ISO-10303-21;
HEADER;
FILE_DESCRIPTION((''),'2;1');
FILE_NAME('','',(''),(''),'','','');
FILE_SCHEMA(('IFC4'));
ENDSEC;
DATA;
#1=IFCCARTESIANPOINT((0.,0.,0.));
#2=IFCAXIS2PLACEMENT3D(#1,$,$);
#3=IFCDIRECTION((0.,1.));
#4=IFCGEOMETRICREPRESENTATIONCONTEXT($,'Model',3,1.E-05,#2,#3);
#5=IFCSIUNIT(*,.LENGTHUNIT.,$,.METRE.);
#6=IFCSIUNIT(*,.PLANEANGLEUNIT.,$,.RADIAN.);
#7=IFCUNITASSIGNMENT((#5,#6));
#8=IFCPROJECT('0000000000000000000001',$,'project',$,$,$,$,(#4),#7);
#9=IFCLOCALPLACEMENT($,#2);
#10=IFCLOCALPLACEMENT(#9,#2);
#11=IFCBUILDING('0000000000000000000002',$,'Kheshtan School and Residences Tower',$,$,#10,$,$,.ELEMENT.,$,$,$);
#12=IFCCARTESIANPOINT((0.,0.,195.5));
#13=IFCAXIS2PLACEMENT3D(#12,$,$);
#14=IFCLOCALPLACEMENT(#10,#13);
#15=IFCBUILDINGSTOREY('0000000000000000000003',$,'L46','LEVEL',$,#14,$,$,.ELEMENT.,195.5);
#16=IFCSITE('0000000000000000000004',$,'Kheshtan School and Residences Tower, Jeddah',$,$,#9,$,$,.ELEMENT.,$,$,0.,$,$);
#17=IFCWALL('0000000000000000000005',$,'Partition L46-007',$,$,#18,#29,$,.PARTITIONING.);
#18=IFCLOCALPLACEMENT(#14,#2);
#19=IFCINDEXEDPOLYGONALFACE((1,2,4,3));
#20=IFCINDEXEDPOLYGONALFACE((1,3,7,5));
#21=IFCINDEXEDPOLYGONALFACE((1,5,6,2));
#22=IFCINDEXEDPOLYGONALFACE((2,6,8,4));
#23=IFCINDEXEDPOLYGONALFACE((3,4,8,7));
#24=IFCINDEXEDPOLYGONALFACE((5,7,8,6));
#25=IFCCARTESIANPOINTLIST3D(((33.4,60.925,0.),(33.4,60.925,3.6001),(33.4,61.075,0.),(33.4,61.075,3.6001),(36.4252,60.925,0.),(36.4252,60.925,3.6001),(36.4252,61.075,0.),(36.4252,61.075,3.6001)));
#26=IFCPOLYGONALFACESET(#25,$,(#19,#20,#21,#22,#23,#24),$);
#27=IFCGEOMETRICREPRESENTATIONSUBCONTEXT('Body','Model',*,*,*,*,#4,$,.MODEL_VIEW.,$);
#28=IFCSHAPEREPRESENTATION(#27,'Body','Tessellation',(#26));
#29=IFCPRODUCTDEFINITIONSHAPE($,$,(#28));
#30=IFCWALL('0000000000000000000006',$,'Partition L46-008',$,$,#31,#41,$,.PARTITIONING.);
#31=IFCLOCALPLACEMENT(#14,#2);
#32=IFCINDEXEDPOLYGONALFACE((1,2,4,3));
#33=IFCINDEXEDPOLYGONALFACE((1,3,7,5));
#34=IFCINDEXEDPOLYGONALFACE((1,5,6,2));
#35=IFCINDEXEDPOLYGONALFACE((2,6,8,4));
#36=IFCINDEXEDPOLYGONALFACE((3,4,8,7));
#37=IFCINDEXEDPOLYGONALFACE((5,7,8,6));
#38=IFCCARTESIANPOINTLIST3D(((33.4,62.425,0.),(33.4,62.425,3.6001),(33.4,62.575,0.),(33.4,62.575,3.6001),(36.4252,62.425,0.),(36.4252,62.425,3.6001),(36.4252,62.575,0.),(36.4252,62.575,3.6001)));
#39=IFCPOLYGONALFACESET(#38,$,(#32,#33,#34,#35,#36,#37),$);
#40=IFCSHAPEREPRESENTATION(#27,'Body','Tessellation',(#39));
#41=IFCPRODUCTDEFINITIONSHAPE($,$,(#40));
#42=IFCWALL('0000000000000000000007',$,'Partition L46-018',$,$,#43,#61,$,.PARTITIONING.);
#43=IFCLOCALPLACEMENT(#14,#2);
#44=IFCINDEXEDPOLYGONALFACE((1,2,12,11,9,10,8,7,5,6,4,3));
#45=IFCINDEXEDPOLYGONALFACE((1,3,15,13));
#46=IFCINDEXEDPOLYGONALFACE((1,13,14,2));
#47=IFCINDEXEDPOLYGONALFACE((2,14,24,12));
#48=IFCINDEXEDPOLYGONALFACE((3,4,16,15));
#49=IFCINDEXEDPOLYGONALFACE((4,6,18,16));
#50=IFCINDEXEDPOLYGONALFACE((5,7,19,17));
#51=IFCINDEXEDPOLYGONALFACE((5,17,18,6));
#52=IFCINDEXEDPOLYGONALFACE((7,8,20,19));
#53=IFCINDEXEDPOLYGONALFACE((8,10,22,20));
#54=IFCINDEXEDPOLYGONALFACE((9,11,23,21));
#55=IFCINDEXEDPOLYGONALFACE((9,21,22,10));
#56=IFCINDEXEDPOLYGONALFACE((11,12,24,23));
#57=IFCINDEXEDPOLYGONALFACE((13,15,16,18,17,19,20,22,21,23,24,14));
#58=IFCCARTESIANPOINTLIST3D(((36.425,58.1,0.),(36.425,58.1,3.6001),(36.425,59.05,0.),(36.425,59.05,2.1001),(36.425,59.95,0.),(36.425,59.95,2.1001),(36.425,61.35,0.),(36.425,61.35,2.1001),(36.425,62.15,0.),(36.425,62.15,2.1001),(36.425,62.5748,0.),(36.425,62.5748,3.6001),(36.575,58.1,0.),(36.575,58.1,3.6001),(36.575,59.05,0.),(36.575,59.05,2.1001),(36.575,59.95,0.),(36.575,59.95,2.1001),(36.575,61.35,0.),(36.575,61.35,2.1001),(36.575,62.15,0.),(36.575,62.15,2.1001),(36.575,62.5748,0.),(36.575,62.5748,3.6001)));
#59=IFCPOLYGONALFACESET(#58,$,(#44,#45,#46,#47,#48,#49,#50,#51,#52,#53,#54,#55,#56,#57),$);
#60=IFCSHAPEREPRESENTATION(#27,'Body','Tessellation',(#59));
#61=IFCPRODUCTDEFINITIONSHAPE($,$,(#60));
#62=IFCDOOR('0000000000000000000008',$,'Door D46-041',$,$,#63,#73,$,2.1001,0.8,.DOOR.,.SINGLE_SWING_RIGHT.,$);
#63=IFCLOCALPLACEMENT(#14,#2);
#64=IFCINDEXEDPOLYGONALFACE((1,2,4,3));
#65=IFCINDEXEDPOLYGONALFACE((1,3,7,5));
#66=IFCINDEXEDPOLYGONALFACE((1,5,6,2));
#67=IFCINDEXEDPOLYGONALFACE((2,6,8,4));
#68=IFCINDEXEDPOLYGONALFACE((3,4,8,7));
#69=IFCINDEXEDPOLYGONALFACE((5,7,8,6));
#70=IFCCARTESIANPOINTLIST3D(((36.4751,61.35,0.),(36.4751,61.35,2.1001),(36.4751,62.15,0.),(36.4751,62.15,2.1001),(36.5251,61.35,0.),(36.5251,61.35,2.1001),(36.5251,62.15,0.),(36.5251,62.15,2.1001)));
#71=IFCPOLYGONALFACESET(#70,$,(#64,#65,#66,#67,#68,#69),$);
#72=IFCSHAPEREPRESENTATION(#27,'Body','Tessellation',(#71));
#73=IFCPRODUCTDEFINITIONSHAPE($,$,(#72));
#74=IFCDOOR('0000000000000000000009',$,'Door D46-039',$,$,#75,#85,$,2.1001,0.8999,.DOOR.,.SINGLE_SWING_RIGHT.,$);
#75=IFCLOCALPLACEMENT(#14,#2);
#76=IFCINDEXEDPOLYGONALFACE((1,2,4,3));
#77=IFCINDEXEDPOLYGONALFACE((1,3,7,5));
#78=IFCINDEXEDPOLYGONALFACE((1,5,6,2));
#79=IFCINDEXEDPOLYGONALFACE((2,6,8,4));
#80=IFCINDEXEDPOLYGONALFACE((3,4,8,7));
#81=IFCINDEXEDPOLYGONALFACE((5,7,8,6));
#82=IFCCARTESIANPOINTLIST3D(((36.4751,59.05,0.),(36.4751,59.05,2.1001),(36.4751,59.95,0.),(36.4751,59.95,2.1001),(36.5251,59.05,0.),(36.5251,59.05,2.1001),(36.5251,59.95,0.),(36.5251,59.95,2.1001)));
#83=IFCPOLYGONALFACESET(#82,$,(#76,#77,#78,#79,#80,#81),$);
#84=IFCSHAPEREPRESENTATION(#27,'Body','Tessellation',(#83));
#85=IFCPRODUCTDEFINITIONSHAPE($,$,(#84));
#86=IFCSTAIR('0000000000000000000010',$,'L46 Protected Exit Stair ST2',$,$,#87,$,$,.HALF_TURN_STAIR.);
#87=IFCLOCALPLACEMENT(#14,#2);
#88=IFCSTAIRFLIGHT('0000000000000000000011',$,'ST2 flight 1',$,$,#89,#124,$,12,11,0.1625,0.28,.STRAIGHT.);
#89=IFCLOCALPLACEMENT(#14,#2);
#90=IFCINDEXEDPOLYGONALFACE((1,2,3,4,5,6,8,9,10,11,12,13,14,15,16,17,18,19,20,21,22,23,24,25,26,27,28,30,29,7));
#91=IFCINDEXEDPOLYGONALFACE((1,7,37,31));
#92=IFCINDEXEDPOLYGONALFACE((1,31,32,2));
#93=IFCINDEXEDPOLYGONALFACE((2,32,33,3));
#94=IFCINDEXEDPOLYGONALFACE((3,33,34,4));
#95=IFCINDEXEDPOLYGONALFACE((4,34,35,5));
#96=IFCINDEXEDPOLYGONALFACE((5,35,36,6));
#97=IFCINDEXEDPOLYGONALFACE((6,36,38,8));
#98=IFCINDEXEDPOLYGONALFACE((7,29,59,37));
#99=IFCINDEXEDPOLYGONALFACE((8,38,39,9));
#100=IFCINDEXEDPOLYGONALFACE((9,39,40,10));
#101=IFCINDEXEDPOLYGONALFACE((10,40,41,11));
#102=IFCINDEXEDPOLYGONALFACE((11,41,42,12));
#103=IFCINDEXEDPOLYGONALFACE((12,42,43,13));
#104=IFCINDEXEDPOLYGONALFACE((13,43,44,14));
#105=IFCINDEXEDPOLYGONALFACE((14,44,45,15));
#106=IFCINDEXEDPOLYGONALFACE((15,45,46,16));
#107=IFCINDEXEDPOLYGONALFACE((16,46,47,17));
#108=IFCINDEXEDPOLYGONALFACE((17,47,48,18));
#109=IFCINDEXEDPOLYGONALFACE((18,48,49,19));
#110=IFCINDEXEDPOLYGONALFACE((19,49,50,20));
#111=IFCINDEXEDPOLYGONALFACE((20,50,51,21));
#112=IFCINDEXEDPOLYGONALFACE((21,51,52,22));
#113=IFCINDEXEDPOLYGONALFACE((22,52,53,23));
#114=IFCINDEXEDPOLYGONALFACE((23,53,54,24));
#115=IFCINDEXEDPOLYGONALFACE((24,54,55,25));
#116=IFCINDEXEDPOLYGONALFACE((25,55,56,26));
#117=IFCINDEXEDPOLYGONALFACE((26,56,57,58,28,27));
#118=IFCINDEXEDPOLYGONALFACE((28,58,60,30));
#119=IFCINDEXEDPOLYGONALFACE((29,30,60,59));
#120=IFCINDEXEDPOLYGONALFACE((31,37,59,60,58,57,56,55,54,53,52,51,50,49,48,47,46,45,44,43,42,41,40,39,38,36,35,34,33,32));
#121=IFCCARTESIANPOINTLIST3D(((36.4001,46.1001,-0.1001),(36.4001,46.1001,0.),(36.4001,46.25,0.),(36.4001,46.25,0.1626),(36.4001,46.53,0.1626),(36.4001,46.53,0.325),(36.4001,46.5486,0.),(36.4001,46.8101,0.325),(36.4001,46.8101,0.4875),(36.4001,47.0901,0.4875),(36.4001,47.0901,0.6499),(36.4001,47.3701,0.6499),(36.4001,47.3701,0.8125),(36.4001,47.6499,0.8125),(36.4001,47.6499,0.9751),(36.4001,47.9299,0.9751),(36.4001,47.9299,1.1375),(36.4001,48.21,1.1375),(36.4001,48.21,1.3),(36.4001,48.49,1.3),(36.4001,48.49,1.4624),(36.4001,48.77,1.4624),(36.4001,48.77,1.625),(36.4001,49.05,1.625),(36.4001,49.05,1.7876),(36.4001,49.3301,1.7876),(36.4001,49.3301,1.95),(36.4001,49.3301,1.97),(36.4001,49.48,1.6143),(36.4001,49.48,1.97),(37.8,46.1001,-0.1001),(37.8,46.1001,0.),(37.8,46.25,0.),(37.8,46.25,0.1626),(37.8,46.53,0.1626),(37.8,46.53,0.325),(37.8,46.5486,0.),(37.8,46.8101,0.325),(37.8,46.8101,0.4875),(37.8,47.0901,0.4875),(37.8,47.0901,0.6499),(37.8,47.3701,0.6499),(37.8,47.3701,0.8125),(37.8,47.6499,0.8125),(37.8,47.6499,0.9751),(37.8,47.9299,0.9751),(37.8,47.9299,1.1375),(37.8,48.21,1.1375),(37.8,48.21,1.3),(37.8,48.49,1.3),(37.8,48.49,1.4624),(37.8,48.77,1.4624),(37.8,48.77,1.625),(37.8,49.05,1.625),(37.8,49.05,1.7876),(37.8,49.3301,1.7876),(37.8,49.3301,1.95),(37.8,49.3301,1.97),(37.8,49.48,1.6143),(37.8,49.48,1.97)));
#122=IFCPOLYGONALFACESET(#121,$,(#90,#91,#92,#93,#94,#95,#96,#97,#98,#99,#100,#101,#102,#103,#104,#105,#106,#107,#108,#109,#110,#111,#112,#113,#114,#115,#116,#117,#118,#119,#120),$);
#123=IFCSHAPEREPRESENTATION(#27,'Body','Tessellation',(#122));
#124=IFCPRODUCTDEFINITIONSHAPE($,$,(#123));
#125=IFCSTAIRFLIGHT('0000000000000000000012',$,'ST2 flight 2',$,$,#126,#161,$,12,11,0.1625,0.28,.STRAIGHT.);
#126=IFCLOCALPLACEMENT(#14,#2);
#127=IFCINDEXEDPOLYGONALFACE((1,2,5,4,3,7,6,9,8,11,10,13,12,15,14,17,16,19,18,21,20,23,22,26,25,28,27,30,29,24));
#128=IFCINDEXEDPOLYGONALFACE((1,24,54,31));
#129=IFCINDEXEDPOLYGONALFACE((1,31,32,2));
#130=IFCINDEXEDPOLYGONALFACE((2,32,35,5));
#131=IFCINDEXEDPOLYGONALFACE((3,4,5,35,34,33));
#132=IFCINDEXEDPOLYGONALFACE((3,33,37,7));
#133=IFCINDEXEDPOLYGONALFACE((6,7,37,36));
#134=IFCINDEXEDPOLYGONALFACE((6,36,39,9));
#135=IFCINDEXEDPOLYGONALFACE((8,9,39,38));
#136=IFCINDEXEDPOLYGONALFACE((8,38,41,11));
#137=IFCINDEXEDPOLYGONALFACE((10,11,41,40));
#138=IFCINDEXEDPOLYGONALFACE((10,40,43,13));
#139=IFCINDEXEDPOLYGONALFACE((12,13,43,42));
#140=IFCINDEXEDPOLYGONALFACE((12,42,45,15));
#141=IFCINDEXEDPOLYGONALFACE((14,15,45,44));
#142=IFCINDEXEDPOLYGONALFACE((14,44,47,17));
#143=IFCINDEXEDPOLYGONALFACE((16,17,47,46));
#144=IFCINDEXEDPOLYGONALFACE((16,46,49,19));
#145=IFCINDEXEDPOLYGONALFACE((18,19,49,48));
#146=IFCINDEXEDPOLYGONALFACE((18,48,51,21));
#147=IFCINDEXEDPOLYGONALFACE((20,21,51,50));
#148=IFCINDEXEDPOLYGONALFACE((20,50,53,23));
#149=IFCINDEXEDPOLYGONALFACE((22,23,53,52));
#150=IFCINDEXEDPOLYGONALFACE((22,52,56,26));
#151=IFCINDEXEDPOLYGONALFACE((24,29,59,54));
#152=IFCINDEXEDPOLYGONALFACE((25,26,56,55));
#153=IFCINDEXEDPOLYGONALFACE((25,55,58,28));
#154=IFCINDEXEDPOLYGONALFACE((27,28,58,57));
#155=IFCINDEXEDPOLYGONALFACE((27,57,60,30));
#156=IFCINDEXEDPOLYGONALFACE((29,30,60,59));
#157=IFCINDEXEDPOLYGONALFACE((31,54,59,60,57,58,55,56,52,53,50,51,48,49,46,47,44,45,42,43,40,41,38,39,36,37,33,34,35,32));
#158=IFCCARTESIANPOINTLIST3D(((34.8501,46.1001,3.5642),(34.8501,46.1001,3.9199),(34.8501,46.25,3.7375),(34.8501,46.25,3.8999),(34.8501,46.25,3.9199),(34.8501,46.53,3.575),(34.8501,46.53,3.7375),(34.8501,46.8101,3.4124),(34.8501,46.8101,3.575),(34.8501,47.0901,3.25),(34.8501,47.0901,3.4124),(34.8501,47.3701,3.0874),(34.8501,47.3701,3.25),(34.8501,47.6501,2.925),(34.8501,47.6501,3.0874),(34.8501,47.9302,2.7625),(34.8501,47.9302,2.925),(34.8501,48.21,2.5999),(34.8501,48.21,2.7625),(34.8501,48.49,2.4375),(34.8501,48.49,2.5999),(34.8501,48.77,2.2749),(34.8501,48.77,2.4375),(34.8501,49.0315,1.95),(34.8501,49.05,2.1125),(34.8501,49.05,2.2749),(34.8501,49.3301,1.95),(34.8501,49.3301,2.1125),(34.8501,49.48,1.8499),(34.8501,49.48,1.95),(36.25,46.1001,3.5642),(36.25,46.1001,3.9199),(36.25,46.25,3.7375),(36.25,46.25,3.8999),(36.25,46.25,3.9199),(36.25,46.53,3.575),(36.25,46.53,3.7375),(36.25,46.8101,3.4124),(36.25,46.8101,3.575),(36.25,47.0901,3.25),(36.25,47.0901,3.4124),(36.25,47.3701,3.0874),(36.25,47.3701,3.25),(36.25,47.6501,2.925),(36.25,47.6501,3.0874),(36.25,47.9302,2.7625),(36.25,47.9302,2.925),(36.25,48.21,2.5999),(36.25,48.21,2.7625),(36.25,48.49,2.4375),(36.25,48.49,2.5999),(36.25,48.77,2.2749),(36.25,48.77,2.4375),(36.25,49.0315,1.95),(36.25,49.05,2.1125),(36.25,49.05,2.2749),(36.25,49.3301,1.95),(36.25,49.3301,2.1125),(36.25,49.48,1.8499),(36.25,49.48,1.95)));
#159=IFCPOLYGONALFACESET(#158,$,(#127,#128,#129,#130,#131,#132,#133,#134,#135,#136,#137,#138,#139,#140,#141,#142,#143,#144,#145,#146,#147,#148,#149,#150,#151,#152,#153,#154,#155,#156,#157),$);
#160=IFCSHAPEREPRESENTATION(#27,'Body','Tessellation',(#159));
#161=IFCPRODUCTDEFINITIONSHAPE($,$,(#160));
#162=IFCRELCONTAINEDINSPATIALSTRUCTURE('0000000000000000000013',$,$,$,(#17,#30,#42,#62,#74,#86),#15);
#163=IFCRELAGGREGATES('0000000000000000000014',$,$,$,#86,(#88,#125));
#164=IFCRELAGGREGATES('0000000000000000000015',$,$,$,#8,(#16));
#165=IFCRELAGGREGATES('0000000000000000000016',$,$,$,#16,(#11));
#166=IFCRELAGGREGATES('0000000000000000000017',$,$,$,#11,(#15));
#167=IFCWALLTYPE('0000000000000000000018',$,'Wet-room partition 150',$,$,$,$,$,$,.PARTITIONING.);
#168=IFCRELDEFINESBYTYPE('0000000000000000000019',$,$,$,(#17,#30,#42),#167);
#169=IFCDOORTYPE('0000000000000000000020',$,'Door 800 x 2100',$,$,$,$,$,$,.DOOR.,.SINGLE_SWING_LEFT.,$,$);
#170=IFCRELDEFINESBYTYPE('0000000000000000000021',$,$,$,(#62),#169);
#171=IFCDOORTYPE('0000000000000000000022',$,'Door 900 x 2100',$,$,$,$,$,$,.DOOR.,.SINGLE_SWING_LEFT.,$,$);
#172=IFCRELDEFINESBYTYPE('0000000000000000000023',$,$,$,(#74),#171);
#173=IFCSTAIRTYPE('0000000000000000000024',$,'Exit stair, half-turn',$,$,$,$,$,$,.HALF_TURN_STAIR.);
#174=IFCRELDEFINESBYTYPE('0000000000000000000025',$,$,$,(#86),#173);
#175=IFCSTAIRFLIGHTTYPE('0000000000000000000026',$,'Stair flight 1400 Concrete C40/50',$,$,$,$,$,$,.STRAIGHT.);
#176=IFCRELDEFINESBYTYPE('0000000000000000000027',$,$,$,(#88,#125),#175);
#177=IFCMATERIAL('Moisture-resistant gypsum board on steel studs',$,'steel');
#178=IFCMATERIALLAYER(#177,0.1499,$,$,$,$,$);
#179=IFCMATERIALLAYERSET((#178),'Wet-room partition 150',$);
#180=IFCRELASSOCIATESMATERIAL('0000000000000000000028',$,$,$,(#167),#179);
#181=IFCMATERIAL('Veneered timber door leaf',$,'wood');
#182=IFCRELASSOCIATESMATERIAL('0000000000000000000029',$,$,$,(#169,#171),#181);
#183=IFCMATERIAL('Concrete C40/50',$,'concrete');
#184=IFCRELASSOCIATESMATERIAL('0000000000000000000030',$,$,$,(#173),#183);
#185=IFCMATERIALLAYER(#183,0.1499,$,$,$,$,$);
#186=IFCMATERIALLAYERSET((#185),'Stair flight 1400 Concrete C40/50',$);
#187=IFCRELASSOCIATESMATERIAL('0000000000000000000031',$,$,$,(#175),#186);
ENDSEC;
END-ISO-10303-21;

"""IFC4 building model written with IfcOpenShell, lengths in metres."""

from ifc_helpers import new_model, si_unit, direction, frame, frame_2d, origin, place, context, subcontext, project, spatial, polyline, rectangle, outline, extrude, source, transform, mapped, material, layer, layer_set, type_object, element, fill, aggregate, save


model = new_model("IFC4")

# Units and contexts
model_context = context("Model", 3, precision=1e-05, world=origin(), true_north=direction((0.0, 1.0)))
body_context = subcontext(model_context, "Body", "Model", "MODEL_VIEW")
ifc_project = project(units=[si_unit("LENGTHUNIT", "METRE"), si_unit("PLANEANGLEUNIT", "RADIAN")], contexts=[model_context])

# Site, building, storey
site_placement = place(None, origin())
site = spatial("IfcSite", under=ifc_project, at=site_placement, Name="Kheshtan School and Residences Tower, Jeddah", CompositionType="ELEMENT", RefElevation=0.0)
building_placement = place(site_placement, origin())
building = spatial("IfcBuilding", under=site, at=building_placement, Name="Kheshtan School and Residences Tower", CompositionType="ELEMENT")
storey_placement = place(building_placement, frame((0.0, 0.0, 195.5)))
storey = spatial("IfcBuildingStorey", under=building, at=storey_placement, Name="L46", Description="LEVEL", CompositionType="ELEMENT", Elevation=195.5)

# Walls
ifc_material_1 = material(Name="Concrete C40/50", Category="concrete")
ifc_material_2 = material(Name="Moisture-resistant gypsum board on steel studs", Category="steel")
ifc_layer_1 = layer(ifc_material_2, 0.1499)
ifc_layer_set_1 = layer_set([ifc_layer_1], Name="Wet-room partition 150")
wall_type_1 = type_object("IfcWallType", Name="Wet-room partition 150", PredefinedType="PARTITIONING", material=ifc_layer_set_1)
for number, where, z_axis, x_axis, name in (
    (1, (33.3999, 61.0, 0.0), (0.0, 0.0, 1.0), (1.0, 0.0, 0.0), "Partition L46-007"),
    (2, (33.3999, 62.5, 0.0), (0.0, 0.0, 1.0), (1.0, 0.0, 0.0), "Partition L46-008"),
):
    element("IfcWall", number, at=place(storey_placement, frame(where, z_axis=z_axis, x_axis=x_axis)), inside=storey, type_object=wall_type_1, Name=name, PredefinedType="PARTITIONING", context=body_context, shape_type="SweptSolid", body=[
        extrude(rectangle(XDim=3.0251, YDim=0.1499, at=frame_2d((1.5127, 0.0))), origin(), (0.0, 0.0, 1.0), 3.6001),
    ])

# Wall, openings, doors
wall_1_placement = place(storey_placement, frame((36.5, 58.1001, 0.0), z_axis=(0.0, 0.0, 1.0), x_axis=(0.0, 1.0, 0.0)))
wall_1 = element("IfcWall", 3, at=wall_1_placement, inside=storey, type_object=wall_type_1, Name="Partition L46-018", PredefinedType="PARTITIONING", context=body_context, shape_type="SweptSolid", body=[
    extrude(rectangle(XDim=4.4749, YDim=0.1499, at=frame_2d((2.2373, 0.0))), origin(), (0.0, 0.0, 1.0), 3.6001),
])
opening_1_placement = place(wall_1_placement, frame((0.95, 0.0, 0.0)))
opening_1 = element("IfcOpeningElement", 4, at=opening_1_placement, cuts=wall_1, PredefinedType="OPENING", context=body_context, shape_type="SweptSolid", body=[
    extrude(rectangle(XDim=0.8999, YDim=2.1001, at=frame_2d((0.45, 1.05))), frame((0.0, 0.085, 0.0), z_axis=(0.0, -1.0, 0.0), x_axis=(1.0, 0.0, 0.0)), (0.0, 0.0, 1.0), 0.1699),
])
opening_2_placement = place(wall_1_placement, frame((3.25, 0.0, 0.0)))
opening_2 = element("IfcOpeningElement", 5, at=opening_2_placement, cuts=wall_1, PredefinedType="OPENING", context=body_context, shape_type="SweptSolid", body=[
    extrude(rectangle(XDim=0.8, YDim=2.1001, at=frame_2d((0.3999, 1.05))), frame((0.0, 0.085, 0.0), z_axis=(0.0, -1.0, 0.0), x_axis=(1.0, 0.0, 0.0)), (0.0, 0.0, 1.0), 0.1699),
])
ifc_material_3 = material(Name="Veneered timber door leaf", Category="wood")
door_type_1 = type_object("IfcDoorType", Name="Door 800 x 2100", OperationType="SINGLE_SWING_LEFT", PredefinedType="DOOR", material=ifc_material_3)
shared_shape_1 = source(origin(), body_context, "Body", "SweptSolid", [
    extrude(rectangle(XDim=0.8, YDim=2.1001, at=frame_2d((0.3999, 1.05))), frame((0.0, 0.0249, 0.0), z_axis=(0.0, -1.0, 0.0), x_axis=(1.0, 0.0, 0.0)), (0.0, 0.0, 1.0), 0.05),
])
door_1_placement = place(opening_2_placement, origin())
door_1 = element("IfcDoor", 6, at=door_1_placement, inside=storey, type_object=door_type_1, Name="Door D46-041", OperationType="SINGLE_SWING_RIGHT", OverallHeight=2.1001, OverallWidth=0.8, PredefinedType="DOOR", context=body_context, shape_type="MappedRepresentation", body=[
    mapped(shared_shape_1, transform((0.0, 0.0, 0.0), x_axis=(1.0, 0.0, 0.0), y_axis=(0.0, 1.0, 0.0), z_axis=(0.0, 0.0, 1.0), scale=1.0)),
])
fill(opening_2, door_1)
door_type_2 = type_object("IfcDoorType", Name="Door 900 x 2100", OperationType="SINGLE_SWING_LEFT", PredefinedType="DOOR", material=ifc_material_3)
shared_shape_2 = source(origin(), body_context, "Body", "SweptSolid", [
    extrude(rectangle(XDim=0.8999, YDim=2.1001, at=frame_2d((0.45, 1.05))), frame((0.0, 0.0249, 0.0), z_axis=(0.0, -1.0, 0.0), x_axis=(1.0, 0.0, 0.0)), (0.0, 0.0, 1.0), 0.05),
])
door_2_placement = place(opening_1_placement, origin())
door_2 = element("IfcDoor", 7, at=door_2_placement, inside=storey, type_object=door_type_2, Name="Door D46-039", OperationType="SINGLE_SWING_RIGHT", OverallHeight=2.1001, OverallWidth=0.8999, PredefinedType="DOOR", context=body_context, shape_type="MappedRepresentation", body=[
    mapped(shared_shape_2, transform((0.0, 0.0, 0.0), x_axis=(1.0, 0.0, 0.0), y_axis=(0.0, 1.0, 0.0), z_axis=(0.0, 0.0, 1.0), scale=1.0)),
])
fill(opening_1, door_2)

# Stair, stair flights
stair_type = type_object("IfcStairType", Name="Exit stair, half-turn", PredefinedType="HALF_TURN_STAIR", material=ifc_material_1)
stair_placement = place(storey_placement, origin())
stair = element("IfcStair", 8, at=stair_placement, inside=storey, type_object=stair_type, Name="L46 Protected Exit Stair ST2", PredefinedType="HALF_TURN_STAIR")
ifc_layer_2 = layer(ifc_material_1, 0.1499)
ifc_layer_set_2 = layer_set([ifc_layer_2], Name="Stair flight 1400 Concrete C40/50")
stair_flight_type = type_object("IfcStairFlightType", Name="Stair flight 1400 Concrete C40/50", PredefinedType="STRAIGHT", material=ifc_layer_set_2)
stair_flight_1_placement = place(storey_placement, frame((37.1001, 46.25, 0.0), z_axis=(0.0, 0.0, 1.0), x_axis=(0.0, 1.0, 0.0)))
stair_flight_1 = element("IfcStairFlight", 9, at=stair_flight_1_placement, type_object=stair_flight_type, Name="ST2 flight 1", NumberOfRisers=12, NumberOfTreads=11, PredefinedType="STRAIGHT", RiserHeight=0.1625, TreadLength=0.28, context=body_context, shape_type="SweptSolid", body=[
    extrude(outline(polyline([(-0.1499, -0.1001), (-0.1499, 0.0), (0.0, 0.0), (0.0, 0.1626), (0.28, 0.1626), (0.28, 0.325), (0.5601, 0.325), (0.5601, 0.4875), (0.8401, 0.4875), (0.8401, 0.6499), (1.1201, 0.6499), (1.1201, 0.8125), (1.3999, 0.8125), (1.3999, 0.9751), (1.6799, 0.9751), (1.6799, 1.1375), (1.96, 1.1375), (1.96, 1.3), (2.24, 1.3), (2.24, 1.4624), (2.52, 1.4624), (2.52, 1.625), (2.8, 1.625), (2.8, 1.7876), (3.0801, 1.7876), (3.0801, 1.95), (3.0801, 1.97), (3.23, 1.97), (3.23, 1.6143), (0.2986, 0.0), (-0.1499, -0.1001)])), frame((0.0, 0.7, 0.0), z_axis=(0.0, -1.0, 0.0), x_axis=(1.0, 0.0, 0.0)), (0.0, 0.0, 1.0), 1.3999),
])
stair_flight_2_placement = place(storey_placement, frame((35.55, 49.3301, 1.95), z_axis=(0.0, 0.0, 1.0), x_axis=(0.0, -1.0, 0.0)))
stair_flight_2 = element("IfcStairFlight", 10, at=stair_flight_2_placement, type_object=stair_flight_type, Name="ST2 flight 2", NumberOfRisers=12, NumberOfTreads=11, PredefinedType="STRAIGHT", RiserHeight=0.1625, TreadLength=0.28, context=body_context, shape_type="SweptSolid", body=[
    extrude(outline(polyline([(-0.1499, -0.1001), (-0.1499, 0.0), (0.0, 0.0), (0.0, 0.1626), (0.28, 0.1626), (0.28, 0.325), (0.5601, 0.325), (0.5601, 0.4875), (0.8401, 0.4875), (0.8401, 0.6499), (1.1201, 0.6499), (1.1201, 0.8125), (1.3999, 0.8125), (1.3999, 0.9751), (1.6799, 0.9751), (1.6799, 1.1375), (1.96, 1.1375), (1.96, 1.3), (2.24, 1.3), (2.24, 1.4624), (2.52, 1.4624), (2.52, 1.625), (2.8, 1.625), (2.8, 1.7876), (3.0801, 1.7876), (3.0801, 1.95), (3.0801, 1.97), (3.23, 1.97), (3.23, 1.6143), (0.2986, 0.0), (-0.1499, -0.1001)])), frame((0.0, 0.7, 0.0), z_axis=(0.0, -1.0, 0.0), x_axis=(1.0, 0.0, 0.0)), (0.0, 0.0, 1.0), 1.3999),
])
aggregate(stair, [stair_flight_1, stair_flight_2])

save(model, "model.ifc")
